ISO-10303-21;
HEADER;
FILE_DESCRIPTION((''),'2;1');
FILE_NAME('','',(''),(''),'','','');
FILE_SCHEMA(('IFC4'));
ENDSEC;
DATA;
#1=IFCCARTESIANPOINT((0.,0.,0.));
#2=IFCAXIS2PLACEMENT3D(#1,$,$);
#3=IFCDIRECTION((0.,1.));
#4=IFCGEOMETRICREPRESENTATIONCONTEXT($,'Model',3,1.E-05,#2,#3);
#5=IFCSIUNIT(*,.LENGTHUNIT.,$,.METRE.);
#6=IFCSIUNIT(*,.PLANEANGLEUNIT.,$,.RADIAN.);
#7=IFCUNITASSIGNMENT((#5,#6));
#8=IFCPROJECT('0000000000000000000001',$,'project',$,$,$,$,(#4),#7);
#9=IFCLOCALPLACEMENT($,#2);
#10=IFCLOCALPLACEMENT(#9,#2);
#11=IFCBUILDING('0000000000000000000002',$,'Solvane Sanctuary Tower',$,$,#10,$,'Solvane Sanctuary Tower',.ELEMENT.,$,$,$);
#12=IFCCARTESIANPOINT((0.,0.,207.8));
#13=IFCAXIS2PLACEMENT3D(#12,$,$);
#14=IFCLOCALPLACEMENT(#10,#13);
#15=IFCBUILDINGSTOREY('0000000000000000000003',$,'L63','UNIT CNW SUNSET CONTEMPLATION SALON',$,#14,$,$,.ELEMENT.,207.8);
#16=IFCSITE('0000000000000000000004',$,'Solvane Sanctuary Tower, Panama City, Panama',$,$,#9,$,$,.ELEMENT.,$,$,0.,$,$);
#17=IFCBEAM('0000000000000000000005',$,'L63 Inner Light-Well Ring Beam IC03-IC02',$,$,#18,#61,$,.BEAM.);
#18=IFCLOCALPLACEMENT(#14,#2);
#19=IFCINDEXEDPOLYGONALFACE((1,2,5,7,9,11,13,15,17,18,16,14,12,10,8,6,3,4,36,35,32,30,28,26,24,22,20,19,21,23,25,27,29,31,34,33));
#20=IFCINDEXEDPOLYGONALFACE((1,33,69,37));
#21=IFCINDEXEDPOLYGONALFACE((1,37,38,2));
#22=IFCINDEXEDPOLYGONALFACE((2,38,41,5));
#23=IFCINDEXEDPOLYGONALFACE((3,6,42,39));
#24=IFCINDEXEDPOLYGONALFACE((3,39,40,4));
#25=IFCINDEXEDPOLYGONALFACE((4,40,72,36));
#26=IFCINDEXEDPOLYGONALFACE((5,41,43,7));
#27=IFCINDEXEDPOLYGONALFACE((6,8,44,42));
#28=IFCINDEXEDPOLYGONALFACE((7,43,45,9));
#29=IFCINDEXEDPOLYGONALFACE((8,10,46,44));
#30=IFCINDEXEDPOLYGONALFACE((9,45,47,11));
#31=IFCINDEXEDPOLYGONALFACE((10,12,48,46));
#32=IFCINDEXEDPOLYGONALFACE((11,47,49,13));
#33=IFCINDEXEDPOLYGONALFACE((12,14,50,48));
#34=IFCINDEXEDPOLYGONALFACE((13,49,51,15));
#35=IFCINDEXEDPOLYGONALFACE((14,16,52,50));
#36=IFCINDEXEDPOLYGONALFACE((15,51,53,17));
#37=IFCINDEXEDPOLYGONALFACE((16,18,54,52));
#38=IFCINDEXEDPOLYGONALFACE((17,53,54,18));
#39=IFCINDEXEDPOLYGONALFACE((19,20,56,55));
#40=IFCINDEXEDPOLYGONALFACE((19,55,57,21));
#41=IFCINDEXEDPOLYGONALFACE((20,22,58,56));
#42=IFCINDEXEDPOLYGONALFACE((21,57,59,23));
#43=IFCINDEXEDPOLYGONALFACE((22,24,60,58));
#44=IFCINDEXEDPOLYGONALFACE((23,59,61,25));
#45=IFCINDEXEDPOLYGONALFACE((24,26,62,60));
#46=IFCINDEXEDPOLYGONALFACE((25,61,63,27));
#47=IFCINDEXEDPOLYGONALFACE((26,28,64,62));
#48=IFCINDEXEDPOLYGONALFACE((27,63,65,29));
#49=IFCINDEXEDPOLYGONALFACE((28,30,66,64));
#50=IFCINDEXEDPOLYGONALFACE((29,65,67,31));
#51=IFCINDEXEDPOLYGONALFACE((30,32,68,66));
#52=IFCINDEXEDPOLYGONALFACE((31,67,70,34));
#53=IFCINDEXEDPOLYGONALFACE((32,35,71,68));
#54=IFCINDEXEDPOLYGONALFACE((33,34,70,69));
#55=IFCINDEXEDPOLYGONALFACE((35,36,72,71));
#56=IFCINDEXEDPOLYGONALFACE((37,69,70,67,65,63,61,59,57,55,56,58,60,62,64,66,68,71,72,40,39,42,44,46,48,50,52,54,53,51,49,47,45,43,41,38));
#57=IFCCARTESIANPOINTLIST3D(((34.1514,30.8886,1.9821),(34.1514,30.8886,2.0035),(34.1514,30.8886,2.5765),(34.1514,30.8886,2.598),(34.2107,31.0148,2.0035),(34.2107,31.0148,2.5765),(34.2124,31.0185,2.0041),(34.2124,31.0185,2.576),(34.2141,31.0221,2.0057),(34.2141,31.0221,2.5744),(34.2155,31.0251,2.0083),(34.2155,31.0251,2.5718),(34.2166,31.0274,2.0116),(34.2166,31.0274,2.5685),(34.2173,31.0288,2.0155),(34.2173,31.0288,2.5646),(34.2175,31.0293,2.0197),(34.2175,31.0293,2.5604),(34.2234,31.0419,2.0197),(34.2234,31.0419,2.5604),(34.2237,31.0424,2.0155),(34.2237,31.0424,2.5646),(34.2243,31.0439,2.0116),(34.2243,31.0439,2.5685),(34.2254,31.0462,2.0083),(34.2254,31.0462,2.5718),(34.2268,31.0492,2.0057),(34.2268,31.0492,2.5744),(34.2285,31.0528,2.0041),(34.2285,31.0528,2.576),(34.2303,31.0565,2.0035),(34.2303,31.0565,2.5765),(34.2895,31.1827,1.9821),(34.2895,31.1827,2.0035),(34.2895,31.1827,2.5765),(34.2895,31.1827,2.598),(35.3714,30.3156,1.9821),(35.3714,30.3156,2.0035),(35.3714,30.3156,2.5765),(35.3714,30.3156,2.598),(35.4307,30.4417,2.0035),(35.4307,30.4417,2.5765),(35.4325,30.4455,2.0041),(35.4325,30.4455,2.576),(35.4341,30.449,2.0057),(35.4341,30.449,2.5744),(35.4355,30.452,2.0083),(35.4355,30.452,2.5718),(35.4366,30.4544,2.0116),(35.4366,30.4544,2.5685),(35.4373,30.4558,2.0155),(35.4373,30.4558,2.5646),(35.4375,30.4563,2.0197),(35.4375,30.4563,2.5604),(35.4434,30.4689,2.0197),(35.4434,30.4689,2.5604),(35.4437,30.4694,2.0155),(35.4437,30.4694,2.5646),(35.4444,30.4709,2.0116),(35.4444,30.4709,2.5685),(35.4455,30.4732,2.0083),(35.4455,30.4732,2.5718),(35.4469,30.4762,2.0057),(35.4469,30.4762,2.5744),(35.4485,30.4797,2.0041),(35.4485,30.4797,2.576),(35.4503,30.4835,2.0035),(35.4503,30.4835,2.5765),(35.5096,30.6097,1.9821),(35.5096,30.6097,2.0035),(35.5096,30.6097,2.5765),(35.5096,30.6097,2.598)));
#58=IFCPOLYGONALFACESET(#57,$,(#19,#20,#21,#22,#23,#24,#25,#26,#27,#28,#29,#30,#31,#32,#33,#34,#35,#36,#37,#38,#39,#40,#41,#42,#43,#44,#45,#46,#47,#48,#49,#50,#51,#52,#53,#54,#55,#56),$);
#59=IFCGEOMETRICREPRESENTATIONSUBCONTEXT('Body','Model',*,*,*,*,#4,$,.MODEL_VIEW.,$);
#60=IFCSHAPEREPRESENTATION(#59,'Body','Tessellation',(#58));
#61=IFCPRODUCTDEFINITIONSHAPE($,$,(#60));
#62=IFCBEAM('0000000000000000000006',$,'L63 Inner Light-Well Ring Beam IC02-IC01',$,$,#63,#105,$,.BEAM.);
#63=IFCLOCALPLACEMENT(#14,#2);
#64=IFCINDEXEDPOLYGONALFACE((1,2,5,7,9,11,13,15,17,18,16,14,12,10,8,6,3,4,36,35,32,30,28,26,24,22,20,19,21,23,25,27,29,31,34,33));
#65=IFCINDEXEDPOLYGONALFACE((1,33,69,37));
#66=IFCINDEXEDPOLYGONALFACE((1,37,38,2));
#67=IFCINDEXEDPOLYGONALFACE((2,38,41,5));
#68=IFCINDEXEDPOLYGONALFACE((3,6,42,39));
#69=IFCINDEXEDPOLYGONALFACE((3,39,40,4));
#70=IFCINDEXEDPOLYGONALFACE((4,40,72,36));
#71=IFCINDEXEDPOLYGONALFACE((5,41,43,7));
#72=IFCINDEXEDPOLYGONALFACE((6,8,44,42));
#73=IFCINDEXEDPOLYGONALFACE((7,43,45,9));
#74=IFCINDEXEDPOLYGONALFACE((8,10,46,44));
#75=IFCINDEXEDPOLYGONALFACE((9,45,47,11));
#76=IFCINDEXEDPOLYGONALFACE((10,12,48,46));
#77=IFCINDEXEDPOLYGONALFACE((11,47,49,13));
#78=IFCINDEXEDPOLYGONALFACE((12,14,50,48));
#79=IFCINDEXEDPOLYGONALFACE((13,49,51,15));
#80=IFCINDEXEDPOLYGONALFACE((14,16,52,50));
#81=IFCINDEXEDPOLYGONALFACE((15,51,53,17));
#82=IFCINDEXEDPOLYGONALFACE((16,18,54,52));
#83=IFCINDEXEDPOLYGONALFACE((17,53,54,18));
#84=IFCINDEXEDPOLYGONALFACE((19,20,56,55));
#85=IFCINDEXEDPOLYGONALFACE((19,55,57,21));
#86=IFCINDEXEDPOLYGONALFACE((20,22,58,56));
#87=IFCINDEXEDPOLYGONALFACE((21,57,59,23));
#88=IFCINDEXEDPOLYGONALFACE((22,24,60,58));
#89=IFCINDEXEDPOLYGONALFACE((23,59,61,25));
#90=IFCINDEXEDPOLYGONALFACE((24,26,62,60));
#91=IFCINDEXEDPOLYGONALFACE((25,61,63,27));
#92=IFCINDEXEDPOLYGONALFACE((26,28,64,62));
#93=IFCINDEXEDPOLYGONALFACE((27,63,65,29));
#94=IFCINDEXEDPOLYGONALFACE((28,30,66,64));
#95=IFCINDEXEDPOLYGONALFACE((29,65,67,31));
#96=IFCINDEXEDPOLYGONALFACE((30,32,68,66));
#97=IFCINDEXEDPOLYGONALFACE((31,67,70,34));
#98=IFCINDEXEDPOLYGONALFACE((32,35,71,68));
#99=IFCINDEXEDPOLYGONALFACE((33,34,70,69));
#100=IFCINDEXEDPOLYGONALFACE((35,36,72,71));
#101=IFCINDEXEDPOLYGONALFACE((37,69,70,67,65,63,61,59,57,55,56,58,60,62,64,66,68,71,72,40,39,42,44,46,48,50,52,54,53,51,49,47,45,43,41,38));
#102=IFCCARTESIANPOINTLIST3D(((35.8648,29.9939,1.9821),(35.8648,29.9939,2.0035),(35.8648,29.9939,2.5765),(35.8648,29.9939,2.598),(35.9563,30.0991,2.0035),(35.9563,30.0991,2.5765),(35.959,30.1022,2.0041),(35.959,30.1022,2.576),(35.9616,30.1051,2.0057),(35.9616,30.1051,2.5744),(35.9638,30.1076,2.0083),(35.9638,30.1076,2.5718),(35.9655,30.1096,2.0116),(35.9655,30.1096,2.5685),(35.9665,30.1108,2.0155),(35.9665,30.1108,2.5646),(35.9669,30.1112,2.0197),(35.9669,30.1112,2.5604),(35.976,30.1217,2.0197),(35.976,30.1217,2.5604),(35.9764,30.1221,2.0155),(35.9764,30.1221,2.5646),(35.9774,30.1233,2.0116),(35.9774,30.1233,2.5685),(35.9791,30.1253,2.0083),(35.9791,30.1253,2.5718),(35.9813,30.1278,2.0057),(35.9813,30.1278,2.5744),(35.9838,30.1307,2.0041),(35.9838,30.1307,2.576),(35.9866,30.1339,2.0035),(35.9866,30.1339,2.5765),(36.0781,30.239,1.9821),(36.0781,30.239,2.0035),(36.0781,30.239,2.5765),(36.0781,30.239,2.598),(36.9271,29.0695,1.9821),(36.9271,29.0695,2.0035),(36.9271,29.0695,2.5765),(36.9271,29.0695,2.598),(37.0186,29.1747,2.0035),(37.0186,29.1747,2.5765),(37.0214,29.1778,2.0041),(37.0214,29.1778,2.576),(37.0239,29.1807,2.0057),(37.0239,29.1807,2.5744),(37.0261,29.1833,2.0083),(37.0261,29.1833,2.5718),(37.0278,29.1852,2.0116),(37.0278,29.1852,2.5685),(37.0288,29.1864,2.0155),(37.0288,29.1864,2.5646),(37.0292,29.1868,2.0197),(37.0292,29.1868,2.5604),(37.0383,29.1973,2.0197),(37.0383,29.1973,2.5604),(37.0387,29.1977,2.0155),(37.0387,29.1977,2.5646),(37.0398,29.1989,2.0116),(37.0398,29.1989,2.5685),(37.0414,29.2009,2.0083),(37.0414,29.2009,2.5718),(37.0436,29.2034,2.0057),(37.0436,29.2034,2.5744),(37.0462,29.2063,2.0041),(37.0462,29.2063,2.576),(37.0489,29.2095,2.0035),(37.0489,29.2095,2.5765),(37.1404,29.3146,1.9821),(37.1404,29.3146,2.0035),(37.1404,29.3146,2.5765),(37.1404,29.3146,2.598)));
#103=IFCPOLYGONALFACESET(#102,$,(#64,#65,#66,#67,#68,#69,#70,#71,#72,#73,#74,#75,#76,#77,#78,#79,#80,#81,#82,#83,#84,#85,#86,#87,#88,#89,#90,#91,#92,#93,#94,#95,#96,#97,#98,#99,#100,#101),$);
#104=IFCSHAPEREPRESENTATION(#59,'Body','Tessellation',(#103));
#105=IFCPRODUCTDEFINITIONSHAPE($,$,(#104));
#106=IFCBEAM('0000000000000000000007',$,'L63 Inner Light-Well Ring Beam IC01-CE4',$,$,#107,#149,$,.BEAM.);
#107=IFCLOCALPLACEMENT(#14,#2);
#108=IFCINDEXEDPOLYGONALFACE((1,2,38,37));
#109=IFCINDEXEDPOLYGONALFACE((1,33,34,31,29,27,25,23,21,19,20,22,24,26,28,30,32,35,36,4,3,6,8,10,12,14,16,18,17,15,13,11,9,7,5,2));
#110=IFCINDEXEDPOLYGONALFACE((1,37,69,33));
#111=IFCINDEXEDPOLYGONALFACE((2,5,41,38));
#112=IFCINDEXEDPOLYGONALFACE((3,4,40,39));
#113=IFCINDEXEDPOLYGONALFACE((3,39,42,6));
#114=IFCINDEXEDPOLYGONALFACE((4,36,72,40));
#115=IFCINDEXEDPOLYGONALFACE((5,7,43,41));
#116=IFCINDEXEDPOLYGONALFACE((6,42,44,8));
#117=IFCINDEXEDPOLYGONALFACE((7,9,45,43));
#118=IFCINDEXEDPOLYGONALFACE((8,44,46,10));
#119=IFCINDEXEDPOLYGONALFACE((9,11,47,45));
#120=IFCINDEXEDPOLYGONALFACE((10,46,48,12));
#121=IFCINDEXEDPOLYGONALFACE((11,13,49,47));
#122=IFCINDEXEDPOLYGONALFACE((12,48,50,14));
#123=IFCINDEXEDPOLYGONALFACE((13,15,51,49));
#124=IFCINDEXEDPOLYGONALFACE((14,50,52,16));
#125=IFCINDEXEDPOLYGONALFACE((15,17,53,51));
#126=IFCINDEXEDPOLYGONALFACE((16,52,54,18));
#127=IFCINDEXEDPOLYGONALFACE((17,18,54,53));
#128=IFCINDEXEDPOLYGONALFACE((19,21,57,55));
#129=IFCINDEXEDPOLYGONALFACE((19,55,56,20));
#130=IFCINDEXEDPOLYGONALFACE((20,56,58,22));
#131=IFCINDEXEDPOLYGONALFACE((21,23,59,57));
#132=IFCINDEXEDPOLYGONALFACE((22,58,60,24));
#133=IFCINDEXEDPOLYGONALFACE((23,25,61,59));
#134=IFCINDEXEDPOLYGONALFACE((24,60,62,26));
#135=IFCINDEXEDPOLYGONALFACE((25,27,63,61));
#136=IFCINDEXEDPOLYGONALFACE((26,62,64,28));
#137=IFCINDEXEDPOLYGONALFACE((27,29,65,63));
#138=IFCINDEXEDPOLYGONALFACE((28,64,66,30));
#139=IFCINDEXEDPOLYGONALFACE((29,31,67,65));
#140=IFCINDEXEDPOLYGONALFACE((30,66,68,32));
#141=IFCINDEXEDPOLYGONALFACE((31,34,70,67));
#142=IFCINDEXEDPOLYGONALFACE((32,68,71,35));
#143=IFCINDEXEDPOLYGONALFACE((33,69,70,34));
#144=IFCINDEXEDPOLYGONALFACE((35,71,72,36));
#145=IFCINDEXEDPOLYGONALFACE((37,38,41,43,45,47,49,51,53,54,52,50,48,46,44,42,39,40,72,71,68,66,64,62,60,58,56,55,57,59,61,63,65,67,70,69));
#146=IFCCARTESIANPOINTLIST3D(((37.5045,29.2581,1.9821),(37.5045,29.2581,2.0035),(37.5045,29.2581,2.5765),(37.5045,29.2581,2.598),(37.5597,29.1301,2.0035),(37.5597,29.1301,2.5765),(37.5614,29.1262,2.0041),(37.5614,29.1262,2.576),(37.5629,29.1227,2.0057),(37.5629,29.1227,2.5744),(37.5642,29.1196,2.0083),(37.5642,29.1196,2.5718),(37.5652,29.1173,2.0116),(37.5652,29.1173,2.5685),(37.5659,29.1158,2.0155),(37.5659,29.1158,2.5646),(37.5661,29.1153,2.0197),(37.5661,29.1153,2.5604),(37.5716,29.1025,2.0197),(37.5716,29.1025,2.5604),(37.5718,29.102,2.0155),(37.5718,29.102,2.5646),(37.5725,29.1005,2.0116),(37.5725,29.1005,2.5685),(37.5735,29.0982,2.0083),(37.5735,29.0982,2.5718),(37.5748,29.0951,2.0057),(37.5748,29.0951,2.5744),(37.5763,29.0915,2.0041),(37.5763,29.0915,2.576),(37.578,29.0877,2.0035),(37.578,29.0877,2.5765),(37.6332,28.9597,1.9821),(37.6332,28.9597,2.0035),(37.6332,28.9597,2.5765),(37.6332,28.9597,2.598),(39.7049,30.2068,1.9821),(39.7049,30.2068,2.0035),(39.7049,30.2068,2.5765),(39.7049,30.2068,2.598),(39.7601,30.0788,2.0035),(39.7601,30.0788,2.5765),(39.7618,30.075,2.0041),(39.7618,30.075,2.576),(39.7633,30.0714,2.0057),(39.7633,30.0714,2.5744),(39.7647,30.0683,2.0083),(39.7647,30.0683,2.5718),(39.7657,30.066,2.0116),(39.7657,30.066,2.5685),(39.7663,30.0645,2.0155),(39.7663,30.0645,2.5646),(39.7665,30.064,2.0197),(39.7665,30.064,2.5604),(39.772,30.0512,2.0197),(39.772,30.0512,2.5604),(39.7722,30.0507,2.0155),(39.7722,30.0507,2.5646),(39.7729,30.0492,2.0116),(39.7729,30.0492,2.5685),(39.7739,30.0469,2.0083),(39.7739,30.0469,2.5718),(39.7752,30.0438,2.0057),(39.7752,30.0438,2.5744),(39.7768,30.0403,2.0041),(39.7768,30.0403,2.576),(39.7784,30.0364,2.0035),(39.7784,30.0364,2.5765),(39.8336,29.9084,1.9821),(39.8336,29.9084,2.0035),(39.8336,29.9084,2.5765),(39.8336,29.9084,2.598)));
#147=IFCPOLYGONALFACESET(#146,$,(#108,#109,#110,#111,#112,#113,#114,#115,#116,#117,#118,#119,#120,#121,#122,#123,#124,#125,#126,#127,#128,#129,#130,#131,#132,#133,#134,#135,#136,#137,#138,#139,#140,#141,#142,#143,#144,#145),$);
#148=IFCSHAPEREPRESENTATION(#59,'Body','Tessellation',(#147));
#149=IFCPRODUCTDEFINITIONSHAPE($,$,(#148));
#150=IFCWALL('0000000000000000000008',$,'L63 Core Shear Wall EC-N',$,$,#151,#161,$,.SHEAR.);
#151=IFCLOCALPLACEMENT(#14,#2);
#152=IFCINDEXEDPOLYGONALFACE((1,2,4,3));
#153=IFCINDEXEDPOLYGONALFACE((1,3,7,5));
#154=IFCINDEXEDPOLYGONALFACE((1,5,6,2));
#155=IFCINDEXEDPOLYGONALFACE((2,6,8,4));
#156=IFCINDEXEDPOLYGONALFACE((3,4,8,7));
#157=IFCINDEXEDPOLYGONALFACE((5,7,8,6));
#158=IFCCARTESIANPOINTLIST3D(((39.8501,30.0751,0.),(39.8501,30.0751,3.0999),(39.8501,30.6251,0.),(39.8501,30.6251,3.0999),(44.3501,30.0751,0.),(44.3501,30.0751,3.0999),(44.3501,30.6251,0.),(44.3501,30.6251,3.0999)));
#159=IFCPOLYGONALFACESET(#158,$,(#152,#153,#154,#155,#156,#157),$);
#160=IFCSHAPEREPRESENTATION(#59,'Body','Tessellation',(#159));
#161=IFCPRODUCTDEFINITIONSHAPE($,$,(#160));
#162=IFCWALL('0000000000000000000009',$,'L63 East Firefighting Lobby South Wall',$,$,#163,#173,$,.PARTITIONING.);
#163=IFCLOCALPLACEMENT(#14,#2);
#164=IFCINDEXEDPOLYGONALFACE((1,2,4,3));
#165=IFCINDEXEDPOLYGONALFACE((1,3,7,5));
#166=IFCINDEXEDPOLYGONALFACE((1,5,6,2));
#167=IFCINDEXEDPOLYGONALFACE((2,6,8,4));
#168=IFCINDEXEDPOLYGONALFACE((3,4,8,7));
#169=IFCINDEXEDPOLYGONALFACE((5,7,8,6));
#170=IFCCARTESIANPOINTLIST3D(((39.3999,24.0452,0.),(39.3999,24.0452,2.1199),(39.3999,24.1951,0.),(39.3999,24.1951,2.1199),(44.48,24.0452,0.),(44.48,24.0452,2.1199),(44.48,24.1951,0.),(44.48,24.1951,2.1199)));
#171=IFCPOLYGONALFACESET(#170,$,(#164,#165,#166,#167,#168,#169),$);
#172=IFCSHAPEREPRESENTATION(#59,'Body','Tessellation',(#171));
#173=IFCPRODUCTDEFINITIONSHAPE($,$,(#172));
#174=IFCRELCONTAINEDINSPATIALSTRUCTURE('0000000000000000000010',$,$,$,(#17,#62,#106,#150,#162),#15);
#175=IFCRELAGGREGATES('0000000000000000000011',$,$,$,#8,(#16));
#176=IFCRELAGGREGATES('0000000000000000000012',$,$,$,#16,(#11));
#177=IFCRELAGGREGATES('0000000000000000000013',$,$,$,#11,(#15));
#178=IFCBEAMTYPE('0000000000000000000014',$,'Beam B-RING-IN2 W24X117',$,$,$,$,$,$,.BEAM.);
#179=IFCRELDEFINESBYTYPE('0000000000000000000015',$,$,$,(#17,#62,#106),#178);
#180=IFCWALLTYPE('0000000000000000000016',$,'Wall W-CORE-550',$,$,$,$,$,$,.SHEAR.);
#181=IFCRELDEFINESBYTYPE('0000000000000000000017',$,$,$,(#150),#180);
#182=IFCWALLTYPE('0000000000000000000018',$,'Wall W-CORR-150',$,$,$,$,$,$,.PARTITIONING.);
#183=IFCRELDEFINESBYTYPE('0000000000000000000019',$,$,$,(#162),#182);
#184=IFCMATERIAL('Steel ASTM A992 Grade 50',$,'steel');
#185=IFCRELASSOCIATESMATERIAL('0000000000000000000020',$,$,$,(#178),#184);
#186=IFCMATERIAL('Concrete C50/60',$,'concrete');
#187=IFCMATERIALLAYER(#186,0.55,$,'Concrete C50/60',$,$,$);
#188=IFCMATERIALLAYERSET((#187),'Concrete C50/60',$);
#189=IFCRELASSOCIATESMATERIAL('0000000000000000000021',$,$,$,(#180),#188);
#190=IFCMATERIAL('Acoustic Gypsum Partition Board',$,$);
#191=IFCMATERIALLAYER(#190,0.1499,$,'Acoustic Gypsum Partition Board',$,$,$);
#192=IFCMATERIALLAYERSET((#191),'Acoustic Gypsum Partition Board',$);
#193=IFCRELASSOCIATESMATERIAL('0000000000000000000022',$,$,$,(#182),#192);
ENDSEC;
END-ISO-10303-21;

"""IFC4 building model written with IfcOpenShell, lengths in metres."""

from ifc_helpers import new_model, si_unit, direction, frame, frame_2d, origin, origin_2d, place, context, subcontext, project, spatial, rectangle, i_section, extrude, material, layer, layer_set, material_profile, profile_set, type_object, element, save


model = new_model("IFC4")

# Units and contexts
model_context = context("Model", 3, precision=1e-05, world=origin(), true_north=direction((0.0, 1.0)))
body_context = subcontext(model_context, "Body", "Model", "MODEL_VIEW")
ifc_project = project(units=[si_unit("LENGTHUNIT", "METRE"), si_unit("PLANEANGLEUNIT", "RADIAN")], contexts=[model_context])

# Site, building, storey
site_placement = place(None, origin())
site = spatial("IfcSite", under=ifc_project, at=site_placement, Name="Solvane Sanctuary Tower, Panama City, Panama", CompositionType="ELEMENT", RefElevation=0.0)
building_placement = place(site_placement, origin())
building = spatial("IfcBuilding", under=site, at=building_placement, Name="Solvane Sanctuary Tower", LongName="Solvane Sanctuary Tower", CompositionType="ELEMENT")
storey_placement = place(building_placement, frame((0.0, 0.0, 207.8)))
storey = spatial("IfcBuildingStorey", under=building, at=storey_placement, Name="L63", Description="UNIT CNW SUNSET CONTEMPLATION SALON", CompositionType="ELEMENT", Elevation=207.8)

# Shared definitions
ifc_material_1 = material(Name="Concrete C50/60", Category="concrete")

# Beams
ifc_material_2 = material(Name="Steel ASTM A992 Grade 50", Category="steel")
ifc_material_profile_1 = material_profile(ifc_material_2, i_section(OverallWidth=0.325, OverallDepth=0.616, WebThickness=0.0139, FlangeThickness=0.0215, FilletRadius=0.0161, at=origin_2d()), Name="W24X117")
ifc_profile_set_1 = profile_set([ifc_material_profile_1], Name="Steel ASTM A992 Grade 50")
beam_type_1 = type_object("IfcBeamType", Name="Beam B-RING-IN2 W24X117", PredefinedType="BEAM", material=ifc_profile_set_1)
beam_1_placement = place(storey_placement, frame((34.2205, 31.0356, 2.29), z_axis=(0.905135, -0.425125, 0.0), x_axis=(0.425125, 0.905135, 0.0)))
element("IfcBeam", 1, at=beam_1_placement, inside=storey, type_object=beam_type_1, Name="L63 Inner Light-Well Ring Beam IC03-IC02", PredefinedType="BEAM", context=body_context, shape_type="SweptSolid", body=[
    extrude(i_section(OverallWidth=0.325, OverallDepth=0.616, WebThickness=0.0139, FlangeThickness=0.0215, FilletRadius=0.0161, at=origin_2d()), origin(), (0.0, 0.0, 1.0), 1.3479),
])
beam_2_placement = place(storey_placement, frame((35.9714, 30.1165, 2.29), z_axis=(0.754389, -0.656428, 0.0), x_axis=(0.656428, 0.754389, 0.0)))
element("IfcBeam", 2, at=beam_2_placement, inside=storey, type_object=beam_type_1, Name="L63 Inner Light-Well Ring Beam IC02-IC01", PredefinedType="BEAM", context=body_context, shape_type="SweptSolid", body=[
    extrude(i_section(OverallWidth=0.325, OverallDepth=0.616, WebThickness=0.0139, FlangeThickness=0.0215, FilletRadius=0.0161, at=origin_2d()), origin(), (0.0, 0.0, 1.0), 1.4082),
])
beam_3_placement = place(storey_placement, frame((37.5688, 29.1089, 2.29), z_axis=(0.918284, 0.395923, 0.0), x_axis=(-0.395923, 0.918284, 0.0)))
element("IfcBeam", 3, at=beam_3_placement, inside=storey, type_object=beam_type_1, Name="L63 Inner Light-Well Ring Beam IC01-CE4", PredefinedType="BEAM", context=body_context, shape_type="SweptSolid", body=[
    extrude(i_section(OverallWidth=0.325, OverallDepth=0.616, WebThickness=0.0139, FlangeThickness=0.0215, FilletRadius=0.0161, at=origin_2d()), origin(), (0.0, 0.0, 1.0), 2.3962),
])

# Walls
ifc_layer_1 = layer(ifc_material_1, 0.55, Name="Concrete C50/60")
ifc_layer_set_1 = layer_set([ifc_layer_1], Name="Concrete C50/60")
wall_type_1 = type_object("IfcWallType", Name="Wall W-CORE-550", PredefinedType="SHEAR", material=ifc_layer_set_1)
wall_1_placement = place(storey_placement, frame((39.8501, 30.3501, 0.0), z_axis=(0.0, 0.0, 1.0), x_axis=(1.0, 0.0, 0.0)))
element("IfcWall", 4, at=wall_1_placement, inside=storey, type_object=wall_type_1, Name="L63 Core Shear Wall EC-N", PredefinedType="SHEAR", context=body_context, shape_type="SweptSolid", body=[
    extrude(rectangle(XDim=4.5, YDim=0.55, at=frame_2d((2.25, 0.0))), origin(), (0.0, 0.0, 1.0), 3.0999),
])
ifc_material_3 = material(Name="Acoustic Gypsum Partition Board")
ifc_layer_2 = layer(ifc_material_3, 0.1499, Name="Acoustic Gypsum Partition Board")
ifc_layer_set_2 = layer_set([ifc_layer_2], Name="Acoustic Gypsum Partition Board")
wall_type_2 = type_object("IfcWallType", Name="Wall W-CORR-150", PredefinedType="PARTITIONING", material=ifc_layer_set_2)
wall_2_placement = place(storey_placement, frame((39.3999, 24.1201, 0.0), z_axis=(0.0, 0.0, 1.0), x_axis=(1.0, 0.0, 0.0)))
element("IfcWall", 5, at=wall_2_placement, inside=storey, type_object=wall_type_2, Name="L63 East Firefighting Lobby South Wall", PredefinedType="PARTITIONING", context=body_context, shape_type="SweptSolid", body=[
    extrude(rectangle(XDim=5.0801, YDim=0.1499, at=frame_2d((2.54, 0.0))), origin(), (0.0, 0.0, 1.0), 2.1199),
])

save(model, "model.ifc")
